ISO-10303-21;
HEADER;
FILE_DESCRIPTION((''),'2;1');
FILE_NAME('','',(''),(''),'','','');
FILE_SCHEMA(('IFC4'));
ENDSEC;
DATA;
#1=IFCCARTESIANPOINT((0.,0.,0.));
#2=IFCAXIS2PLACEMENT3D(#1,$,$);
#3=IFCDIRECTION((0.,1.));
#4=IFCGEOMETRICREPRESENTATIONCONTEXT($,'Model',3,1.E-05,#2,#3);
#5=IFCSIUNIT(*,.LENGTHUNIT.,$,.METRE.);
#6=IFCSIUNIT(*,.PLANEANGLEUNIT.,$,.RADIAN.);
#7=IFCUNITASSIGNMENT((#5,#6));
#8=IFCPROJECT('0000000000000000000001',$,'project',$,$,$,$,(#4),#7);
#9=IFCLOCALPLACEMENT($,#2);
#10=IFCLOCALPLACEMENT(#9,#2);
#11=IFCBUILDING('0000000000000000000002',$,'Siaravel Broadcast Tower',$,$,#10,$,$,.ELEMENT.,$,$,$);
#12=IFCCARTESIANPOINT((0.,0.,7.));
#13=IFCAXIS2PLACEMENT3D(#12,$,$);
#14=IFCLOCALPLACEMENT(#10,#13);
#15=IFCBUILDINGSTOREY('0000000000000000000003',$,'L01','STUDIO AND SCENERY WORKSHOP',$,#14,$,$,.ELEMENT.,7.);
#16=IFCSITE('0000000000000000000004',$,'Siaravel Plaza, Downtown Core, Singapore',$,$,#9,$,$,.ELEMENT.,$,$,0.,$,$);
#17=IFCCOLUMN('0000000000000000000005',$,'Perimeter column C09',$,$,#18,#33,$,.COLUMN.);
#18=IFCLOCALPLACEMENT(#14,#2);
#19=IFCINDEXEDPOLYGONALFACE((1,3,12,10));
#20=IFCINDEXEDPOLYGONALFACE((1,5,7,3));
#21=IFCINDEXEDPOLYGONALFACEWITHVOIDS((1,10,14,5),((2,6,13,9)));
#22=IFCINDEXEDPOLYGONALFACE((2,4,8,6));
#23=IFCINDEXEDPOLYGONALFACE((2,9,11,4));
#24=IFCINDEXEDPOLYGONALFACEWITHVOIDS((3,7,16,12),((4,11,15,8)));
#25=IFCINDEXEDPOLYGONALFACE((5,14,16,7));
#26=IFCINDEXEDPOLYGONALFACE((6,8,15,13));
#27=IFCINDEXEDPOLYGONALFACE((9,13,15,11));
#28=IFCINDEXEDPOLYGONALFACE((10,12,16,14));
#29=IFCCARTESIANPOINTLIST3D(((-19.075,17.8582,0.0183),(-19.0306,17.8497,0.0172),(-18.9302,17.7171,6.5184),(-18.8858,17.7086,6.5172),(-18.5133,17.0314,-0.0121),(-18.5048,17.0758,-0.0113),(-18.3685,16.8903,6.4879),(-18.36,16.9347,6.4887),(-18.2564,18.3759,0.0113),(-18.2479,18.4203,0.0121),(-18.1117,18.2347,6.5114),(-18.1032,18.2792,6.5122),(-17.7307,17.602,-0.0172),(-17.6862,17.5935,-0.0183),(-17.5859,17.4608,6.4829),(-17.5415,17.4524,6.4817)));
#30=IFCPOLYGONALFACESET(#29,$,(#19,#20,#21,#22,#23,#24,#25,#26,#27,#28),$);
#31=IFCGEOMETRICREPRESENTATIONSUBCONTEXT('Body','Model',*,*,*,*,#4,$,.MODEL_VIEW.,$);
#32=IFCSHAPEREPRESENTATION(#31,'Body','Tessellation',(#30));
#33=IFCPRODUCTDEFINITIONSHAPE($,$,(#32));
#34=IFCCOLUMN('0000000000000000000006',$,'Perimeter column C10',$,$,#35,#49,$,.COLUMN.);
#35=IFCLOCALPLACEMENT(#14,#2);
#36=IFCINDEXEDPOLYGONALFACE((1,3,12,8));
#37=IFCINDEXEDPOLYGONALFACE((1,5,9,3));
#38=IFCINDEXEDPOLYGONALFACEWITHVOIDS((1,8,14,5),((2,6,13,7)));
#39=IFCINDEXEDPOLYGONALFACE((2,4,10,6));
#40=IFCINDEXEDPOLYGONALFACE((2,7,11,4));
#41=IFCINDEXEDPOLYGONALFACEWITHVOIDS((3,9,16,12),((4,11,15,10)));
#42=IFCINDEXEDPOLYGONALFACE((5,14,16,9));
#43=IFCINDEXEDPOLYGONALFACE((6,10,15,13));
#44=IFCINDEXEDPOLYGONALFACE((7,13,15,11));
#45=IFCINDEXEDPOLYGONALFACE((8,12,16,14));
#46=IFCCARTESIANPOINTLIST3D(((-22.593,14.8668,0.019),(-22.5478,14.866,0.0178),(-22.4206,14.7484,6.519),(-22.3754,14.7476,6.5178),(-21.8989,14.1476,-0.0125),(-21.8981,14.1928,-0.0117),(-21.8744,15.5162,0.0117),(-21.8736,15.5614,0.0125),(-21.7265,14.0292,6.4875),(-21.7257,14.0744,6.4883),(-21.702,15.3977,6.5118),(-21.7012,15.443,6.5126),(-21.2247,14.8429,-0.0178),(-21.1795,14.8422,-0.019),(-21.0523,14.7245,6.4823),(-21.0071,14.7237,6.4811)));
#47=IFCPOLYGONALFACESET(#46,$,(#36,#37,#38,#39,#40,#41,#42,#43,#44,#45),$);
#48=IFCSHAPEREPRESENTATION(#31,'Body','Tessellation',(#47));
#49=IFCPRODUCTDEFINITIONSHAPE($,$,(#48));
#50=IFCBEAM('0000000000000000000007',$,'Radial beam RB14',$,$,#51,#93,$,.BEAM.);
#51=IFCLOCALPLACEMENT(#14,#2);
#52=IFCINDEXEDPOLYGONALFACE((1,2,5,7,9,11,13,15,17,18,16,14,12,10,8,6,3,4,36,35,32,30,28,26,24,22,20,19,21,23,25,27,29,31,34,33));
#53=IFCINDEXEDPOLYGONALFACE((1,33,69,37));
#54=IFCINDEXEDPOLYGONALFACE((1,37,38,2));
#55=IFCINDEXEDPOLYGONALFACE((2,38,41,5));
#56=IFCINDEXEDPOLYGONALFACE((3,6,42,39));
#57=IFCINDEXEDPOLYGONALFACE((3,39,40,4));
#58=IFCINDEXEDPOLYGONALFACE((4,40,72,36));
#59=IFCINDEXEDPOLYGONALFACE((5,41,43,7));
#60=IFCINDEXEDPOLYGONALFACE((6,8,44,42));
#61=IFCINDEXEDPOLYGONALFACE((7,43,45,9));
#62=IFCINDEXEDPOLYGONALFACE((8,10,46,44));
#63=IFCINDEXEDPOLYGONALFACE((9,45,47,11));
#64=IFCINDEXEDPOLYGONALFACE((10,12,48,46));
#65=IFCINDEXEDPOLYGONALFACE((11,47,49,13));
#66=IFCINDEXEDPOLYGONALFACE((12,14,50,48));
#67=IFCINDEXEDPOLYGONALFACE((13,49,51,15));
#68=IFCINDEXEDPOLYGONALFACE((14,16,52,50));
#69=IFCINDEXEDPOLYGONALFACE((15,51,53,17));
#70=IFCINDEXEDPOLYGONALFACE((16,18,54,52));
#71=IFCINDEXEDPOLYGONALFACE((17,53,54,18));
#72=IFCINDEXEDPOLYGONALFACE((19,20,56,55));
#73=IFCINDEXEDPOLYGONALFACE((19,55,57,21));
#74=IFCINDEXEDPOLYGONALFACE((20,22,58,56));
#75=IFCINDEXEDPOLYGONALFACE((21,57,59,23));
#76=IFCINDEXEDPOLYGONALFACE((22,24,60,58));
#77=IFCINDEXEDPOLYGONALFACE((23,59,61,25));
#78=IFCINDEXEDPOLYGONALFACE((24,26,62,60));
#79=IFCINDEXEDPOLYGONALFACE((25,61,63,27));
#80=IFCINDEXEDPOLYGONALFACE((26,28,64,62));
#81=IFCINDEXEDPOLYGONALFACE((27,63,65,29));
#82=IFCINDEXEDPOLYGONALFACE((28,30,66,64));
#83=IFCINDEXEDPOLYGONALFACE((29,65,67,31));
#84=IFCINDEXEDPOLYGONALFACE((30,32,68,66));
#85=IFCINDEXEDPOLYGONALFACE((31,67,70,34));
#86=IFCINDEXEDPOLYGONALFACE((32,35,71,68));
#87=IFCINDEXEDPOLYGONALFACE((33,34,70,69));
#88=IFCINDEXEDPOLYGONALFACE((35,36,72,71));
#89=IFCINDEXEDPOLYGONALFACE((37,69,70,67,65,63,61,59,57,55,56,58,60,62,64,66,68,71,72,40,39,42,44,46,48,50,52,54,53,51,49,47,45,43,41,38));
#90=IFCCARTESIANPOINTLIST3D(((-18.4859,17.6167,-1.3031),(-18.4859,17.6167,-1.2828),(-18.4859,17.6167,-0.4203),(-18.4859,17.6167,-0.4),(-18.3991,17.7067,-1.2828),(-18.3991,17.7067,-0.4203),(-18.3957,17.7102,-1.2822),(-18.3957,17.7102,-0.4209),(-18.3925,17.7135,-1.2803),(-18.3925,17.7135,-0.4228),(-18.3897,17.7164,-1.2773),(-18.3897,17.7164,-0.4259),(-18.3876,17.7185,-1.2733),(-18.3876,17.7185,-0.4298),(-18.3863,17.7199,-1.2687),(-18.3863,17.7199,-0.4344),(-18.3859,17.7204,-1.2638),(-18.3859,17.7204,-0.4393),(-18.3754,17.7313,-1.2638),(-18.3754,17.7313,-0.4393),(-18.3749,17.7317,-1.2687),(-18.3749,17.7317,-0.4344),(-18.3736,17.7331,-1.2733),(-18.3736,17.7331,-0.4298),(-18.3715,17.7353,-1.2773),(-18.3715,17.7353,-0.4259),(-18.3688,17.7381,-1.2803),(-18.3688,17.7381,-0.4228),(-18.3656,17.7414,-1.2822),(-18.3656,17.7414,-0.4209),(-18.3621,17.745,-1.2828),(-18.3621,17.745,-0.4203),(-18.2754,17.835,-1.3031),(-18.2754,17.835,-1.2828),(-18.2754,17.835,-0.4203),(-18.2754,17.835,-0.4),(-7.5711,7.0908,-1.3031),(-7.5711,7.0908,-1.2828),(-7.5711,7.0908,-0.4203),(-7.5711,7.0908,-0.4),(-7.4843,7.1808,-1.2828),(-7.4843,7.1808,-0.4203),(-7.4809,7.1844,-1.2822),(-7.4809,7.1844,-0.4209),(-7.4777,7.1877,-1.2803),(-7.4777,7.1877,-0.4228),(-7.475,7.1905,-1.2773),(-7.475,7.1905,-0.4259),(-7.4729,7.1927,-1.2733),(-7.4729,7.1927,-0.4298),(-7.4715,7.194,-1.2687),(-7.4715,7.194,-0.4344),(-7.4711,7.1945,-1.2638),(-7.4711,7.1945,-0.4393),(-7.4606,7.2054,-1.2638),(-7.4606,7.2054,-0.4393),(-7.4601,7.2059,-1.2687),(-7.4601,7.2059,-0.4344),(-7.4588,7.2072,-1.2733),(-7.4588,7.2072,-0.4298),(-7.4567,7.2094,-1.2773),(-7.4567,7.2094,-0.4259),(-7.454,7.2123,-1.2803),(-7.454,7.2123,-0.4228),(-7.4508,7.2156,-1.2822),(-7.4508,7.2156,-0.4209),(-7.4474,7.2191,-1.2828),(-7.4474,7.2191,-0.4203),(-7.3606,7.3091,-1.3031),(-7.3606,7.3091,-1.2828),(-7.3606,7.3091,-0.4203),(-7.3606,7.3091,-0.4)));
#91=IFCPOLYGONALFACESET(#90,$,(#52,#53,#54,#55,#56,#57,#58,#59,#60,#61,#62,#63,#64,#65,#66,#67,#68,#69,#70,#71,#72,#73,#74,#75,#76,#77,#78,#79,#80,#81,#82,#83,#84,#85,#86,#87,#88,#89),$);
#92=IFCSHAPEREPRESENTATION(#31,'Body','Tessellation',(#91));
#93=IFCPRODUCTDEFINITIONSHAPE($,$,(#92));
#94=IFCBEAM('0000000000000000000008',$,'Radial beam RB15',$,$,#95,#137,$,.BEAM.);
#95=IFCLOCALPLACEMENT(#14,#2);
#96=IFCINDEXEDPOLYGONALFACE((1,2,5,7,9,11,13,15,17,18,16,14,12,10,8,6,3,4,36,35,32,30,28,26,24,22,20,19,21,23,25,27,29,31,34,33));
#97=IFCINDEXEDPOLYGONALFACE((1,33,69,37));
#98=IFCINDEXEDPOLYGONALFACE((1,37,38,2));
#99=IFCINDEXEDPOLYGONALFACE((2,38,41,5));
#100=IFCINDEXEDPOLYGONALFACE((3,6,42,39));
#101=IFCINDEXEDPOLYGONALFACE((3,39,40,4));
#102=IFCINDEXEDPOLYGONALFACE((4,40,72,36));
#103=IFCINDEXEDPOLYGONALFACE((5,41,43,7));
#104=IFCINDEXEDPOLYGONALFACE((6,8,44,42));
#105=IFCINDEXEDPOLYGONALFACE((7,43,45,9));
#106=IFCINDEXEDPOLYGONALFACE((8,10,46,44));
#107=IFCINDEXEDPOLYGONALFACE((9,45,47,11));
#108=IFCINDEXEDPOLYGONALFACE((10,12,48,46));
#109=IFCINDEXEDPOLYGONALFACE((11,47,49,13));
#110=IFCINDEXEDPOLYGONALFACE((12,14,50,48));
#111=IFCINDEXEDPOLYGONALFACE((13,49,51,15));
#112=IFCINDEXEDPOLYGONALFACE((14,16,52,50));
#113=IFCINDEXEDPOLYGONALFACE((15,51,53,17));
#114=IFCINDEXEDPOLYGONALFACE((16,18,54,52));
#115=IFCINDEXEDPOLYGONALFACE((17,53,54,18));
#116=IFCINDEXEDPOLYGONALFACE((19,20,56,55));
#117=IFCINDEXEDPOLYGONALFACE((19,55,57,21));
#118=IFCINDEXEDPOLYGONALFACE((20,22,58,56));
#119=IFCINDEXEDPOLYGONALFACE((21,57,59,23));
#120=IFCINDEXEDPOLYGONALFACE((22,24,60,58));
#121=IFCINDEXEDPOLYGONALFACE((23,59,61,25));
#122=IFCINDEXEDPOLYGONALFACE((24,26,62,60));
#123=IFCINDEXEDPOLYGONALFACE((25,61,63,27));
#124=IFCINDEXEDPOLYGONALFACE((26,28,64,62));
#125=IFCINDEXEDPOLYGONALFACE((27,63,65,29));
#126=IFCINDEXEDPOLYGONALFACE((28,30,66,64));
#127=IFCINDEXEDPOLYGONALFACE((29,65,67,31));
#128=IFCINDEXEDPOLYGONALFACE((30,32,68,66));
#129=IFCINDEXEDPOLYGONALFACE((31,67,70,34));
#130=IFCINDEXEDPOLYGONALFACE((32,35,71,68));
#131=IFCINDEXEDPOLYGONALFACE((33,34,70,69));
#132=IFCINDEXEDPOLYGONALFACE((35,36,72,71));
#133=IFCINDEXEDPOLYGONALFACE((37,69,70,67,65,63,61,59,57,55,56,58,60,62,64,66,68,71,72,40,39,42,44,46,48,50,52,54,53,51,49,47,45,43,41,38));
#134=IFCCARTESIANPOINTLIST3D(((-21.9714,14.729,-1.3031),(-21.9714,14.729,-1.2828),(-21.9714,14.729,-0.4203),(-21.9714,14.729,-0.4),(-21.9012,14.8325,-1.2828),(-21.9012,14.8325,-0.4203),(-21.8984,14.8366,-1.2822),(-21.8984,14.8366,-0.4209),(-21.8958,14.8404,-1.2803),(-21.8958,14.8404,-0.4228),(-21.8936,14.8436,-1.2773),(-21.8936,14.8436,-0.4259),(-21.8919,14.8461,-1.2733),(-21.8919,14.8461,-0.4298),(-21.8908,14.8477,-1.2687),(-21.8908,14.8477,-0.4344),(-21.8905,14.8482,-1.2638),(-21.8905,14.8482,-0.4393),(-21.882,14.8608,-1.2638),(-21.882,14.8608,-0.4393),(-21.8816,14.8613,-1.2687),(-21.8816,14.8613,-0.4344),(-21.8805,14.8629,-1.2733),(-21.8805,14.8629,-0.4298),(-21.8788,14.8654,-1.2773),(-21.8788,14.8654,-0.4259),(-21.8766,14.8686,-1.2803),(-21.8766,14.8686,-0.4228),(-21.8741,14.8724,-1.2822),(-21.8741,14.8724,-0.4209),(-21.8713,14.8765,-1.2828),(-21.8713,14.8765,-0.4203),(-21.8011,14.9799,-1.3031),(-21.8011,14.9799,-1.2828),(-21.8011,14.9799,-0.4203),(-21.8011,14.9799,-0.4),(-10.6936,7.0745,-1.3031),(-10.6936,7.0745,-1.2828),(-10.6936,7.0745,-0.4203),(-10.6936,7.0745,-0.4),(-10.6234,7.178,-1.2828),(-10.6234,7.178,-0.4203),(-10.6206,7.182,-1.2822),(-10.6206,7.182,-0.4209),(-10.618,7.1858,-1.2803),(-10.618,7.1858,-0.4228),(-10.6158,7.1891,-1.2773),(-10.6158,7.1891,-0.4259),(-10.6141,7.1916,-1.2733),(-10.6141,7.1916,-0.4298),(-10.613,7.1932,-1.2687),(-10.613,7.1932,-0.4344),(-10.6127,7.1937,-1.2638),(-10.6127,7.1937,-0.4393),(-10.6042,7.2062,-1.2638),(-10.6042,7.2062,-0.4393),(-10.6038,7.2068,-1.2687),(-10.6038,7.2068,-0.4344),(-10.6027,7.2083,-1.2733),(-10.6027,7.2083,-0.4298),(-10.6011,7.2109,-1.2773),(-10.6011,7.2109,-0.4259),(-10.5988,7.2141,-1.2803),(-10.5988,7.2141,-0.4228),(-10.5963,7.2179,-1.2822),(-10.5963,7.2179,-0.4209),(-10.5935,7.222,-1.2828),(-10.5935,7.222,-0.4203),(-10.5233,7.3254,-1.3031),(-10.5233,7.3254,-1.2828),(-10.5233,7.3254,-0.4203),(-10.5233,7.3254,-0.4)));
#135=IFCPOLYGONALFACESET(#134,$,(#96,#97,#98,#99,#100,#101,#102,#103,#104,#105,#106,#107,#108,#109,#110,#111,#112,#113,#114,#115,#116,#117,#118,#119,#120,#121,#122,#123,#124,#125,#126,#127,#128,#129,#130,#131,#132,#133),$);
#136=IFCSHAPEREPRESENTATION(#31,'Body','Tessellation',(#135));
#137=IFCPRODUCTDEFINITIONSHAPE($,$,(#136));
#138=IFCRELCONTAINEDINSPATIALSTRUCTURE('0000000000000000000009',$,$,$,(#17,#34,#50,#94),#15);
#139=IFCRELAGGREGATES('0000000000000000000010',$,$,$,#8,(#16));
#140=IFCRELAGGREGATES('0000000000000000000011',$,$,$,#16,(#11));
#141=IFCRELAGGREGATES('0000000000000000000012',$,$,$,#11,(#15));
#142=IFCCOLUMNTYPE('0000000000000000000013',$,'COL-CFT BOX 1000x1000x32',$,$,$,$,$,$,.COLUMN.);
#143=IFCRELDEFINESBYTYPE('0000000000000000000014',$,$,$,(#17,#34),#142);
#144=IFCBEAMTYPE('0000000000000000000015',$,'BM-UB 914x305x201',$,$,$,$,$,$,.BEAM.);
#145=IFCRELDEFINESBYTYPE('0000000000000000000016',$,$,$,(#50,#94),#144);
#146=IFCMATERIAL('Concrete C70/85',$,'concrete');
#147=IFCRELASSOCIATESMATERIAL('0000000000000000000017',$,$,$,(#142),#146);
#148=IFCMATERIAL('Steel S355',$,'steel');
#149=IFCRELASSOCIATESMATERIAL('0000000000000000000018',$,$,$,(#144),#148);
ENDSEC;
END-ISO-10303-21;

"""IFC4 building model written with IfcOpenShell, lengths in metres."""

from ifc_helpers import new_model, si_unit, direction, frame, origin, origin_2d, place, context, subcontext, project, spatial, hollow_rectangle, i_section, extrude, material, material_profile, profile_set, type_object, element, save


model = new_model("IFC4")

# Units and contexts
model_context = context("Model", 3, precision=1e-05, world=origin(), true_north=direction((0.0, 1.0)))
body_context = subcontext(model_context, "Body", "Model", "MODEL_VIEW")
ifc_project = project(units=[si_unit("LENGTHUNIT", "METRE"), si_unit("PLANEANGLEUNIT", "RADIAN")], contexts=[model_context])

# Site, building, storey
site_placement = place(None, origin())
site = spatial("IfcSite", under=ifc_project, at=site_placement, Name="Siaravel Plaza, Downtown Core, Singapore", CompositionType="ELEMENT", RefElevation=0.0)
building_placement = place(site_placement, origin())
building = spatial("IfcBuilding", under=site, at=building_placement, Name="Siaravel Broadcast Tower", CompositionType="ELEMENT")
storey_placement = place(building_placement, frame((0.0, 0.0, 7.0)))
storey = spatial("IfcBuildingStorey", under=building, at=storey_placement, Name="L01", Description="STUDIO AND SCENERY WORKSHOP", CompositionType="ELEMENT", Elevation=7.0)

# Columns
ifc_material_1 = material(Name="Concrete C70/85", Category="concrete")
ifc_material_profile_1 = material_profile(ifc_material_1, hollow_rectangle(XDim=1.0, YDim=1.0, WallThickness=0.032, at=origin_2d()))
ifc_profile_set_1 = profile_set([ifc_material_profile_1], Name="Concrete C70/85")
column_type = type_object("IfcColumnType", Name="COL-CFT BOX 1000x1000x32", PredefinedType="COLUMN", material=ifc_profile_set_1)
column_1_placement = place(storey_placement, frame((-18.3806, 17.7258, 0.0), z_axis=(0.022262, -0.021699, 0.999517), x_axis=(0.827042, 0.562106, -0.006218)))
element("IfcColumn", 1, at=column_1_placement, inside=storey, type_object=column_type, Name="Perimeter column C09", PredefinedType="COLUMN", context=body_context, shape_type="SweptSolid", body=[
    extrude(hollow_rectangle(XDim=1.0, YDim=1.0, WallThickness=0.032, at=origin_2d()), origin(), (0.0, 0.0, 1.0), 6.5032),
])
column_2_placement = place(storey_placement, frame((-21.8862, 14.8545, 0.0), z_axis=(0.026504, -0.018207, 0.999483), x_axis=(0.719423, 0.694543, -0.006425)))
element("IfcColumn", 2, at=column_2_placement, inside=storey, type_object=column_type, Name="Perimeter column C10", PredefinedType="COLUMN", context=body_context, shape_type="SweptSolid", body=[
    extrude(hollow_rectangle(XDim=1.0, YDim=1.0, WallThickness=0.032, at=origin_2d()), origin(), (0.0, 0.0, 1.0), 6.5034),
])

# Beams
ifc_material_2 = material(Name="Steel S355", Category="steel")
ifc_material_profile_2 = material_profile(ifc_material_2, i_section(OverallWidth=0.3032, OverallDepth=0.9031, WebThickness=0.0151, FlangeThickness=0.0203, FilletRadius=0.019, at=origin_2d()))
ifc_profile_set_2 = profile_set([ifc_material_profile_2], Name="Steel S355")
beam_type = type_object("IfcBeamType", Name="BM-UB 914x305x201", PredefinedType="BEAM", material=ifc_profile_set_2)
beam_1_placement = place(storey_placement, frame((-18.3806, 17.7258, -0.8516), z_axis=(0.719815, -0.694166, 0.0), x_axis=(0.694166, 0.719815, 0.0)))
element("IfcBeam", 3, at=beam_1_placement, inside=storey, type_object=beam_type, Name="Radial beam RB14", PredefinedType="BEAM", context=body_context, shape_type="SweptSolid", body=[
    extrude(i_section(OverallWidth=0.3032, OverallDepth=0.9031, WebThickness=0.0151, FlangeThickness=0.0203, FilletRadius=0.019, at=origin_2d()), origin(), (0.0, 0.0, 1.0), 15.1633),
])
beam_2_placement = place(storey_placement, frame((-21.8862, 14.8545, -0.8516), z_axis=(0.827417, -0.561588, 0.0), x_axis=(0.561588, 0.827417, 0.0)))
element("IfcBeam", 4, at=beam_2_placement, inside=storey, type_object=beam_type, Name="Radial beam RB15", PredefinedType="BEAM", context=body_context, shape_type="SweptSolid", body=[
    extrude(i_section(OverallWidth=0.3032, OverallDepth=0.9031, WebThickness=0.0151, FlangeThickness=0.0203, FilletRadius=0.019, at=origin_2d()), origin(), (0.0, 0.0, 1.0), 13.6301),
])

save(model, "model.ifc")
